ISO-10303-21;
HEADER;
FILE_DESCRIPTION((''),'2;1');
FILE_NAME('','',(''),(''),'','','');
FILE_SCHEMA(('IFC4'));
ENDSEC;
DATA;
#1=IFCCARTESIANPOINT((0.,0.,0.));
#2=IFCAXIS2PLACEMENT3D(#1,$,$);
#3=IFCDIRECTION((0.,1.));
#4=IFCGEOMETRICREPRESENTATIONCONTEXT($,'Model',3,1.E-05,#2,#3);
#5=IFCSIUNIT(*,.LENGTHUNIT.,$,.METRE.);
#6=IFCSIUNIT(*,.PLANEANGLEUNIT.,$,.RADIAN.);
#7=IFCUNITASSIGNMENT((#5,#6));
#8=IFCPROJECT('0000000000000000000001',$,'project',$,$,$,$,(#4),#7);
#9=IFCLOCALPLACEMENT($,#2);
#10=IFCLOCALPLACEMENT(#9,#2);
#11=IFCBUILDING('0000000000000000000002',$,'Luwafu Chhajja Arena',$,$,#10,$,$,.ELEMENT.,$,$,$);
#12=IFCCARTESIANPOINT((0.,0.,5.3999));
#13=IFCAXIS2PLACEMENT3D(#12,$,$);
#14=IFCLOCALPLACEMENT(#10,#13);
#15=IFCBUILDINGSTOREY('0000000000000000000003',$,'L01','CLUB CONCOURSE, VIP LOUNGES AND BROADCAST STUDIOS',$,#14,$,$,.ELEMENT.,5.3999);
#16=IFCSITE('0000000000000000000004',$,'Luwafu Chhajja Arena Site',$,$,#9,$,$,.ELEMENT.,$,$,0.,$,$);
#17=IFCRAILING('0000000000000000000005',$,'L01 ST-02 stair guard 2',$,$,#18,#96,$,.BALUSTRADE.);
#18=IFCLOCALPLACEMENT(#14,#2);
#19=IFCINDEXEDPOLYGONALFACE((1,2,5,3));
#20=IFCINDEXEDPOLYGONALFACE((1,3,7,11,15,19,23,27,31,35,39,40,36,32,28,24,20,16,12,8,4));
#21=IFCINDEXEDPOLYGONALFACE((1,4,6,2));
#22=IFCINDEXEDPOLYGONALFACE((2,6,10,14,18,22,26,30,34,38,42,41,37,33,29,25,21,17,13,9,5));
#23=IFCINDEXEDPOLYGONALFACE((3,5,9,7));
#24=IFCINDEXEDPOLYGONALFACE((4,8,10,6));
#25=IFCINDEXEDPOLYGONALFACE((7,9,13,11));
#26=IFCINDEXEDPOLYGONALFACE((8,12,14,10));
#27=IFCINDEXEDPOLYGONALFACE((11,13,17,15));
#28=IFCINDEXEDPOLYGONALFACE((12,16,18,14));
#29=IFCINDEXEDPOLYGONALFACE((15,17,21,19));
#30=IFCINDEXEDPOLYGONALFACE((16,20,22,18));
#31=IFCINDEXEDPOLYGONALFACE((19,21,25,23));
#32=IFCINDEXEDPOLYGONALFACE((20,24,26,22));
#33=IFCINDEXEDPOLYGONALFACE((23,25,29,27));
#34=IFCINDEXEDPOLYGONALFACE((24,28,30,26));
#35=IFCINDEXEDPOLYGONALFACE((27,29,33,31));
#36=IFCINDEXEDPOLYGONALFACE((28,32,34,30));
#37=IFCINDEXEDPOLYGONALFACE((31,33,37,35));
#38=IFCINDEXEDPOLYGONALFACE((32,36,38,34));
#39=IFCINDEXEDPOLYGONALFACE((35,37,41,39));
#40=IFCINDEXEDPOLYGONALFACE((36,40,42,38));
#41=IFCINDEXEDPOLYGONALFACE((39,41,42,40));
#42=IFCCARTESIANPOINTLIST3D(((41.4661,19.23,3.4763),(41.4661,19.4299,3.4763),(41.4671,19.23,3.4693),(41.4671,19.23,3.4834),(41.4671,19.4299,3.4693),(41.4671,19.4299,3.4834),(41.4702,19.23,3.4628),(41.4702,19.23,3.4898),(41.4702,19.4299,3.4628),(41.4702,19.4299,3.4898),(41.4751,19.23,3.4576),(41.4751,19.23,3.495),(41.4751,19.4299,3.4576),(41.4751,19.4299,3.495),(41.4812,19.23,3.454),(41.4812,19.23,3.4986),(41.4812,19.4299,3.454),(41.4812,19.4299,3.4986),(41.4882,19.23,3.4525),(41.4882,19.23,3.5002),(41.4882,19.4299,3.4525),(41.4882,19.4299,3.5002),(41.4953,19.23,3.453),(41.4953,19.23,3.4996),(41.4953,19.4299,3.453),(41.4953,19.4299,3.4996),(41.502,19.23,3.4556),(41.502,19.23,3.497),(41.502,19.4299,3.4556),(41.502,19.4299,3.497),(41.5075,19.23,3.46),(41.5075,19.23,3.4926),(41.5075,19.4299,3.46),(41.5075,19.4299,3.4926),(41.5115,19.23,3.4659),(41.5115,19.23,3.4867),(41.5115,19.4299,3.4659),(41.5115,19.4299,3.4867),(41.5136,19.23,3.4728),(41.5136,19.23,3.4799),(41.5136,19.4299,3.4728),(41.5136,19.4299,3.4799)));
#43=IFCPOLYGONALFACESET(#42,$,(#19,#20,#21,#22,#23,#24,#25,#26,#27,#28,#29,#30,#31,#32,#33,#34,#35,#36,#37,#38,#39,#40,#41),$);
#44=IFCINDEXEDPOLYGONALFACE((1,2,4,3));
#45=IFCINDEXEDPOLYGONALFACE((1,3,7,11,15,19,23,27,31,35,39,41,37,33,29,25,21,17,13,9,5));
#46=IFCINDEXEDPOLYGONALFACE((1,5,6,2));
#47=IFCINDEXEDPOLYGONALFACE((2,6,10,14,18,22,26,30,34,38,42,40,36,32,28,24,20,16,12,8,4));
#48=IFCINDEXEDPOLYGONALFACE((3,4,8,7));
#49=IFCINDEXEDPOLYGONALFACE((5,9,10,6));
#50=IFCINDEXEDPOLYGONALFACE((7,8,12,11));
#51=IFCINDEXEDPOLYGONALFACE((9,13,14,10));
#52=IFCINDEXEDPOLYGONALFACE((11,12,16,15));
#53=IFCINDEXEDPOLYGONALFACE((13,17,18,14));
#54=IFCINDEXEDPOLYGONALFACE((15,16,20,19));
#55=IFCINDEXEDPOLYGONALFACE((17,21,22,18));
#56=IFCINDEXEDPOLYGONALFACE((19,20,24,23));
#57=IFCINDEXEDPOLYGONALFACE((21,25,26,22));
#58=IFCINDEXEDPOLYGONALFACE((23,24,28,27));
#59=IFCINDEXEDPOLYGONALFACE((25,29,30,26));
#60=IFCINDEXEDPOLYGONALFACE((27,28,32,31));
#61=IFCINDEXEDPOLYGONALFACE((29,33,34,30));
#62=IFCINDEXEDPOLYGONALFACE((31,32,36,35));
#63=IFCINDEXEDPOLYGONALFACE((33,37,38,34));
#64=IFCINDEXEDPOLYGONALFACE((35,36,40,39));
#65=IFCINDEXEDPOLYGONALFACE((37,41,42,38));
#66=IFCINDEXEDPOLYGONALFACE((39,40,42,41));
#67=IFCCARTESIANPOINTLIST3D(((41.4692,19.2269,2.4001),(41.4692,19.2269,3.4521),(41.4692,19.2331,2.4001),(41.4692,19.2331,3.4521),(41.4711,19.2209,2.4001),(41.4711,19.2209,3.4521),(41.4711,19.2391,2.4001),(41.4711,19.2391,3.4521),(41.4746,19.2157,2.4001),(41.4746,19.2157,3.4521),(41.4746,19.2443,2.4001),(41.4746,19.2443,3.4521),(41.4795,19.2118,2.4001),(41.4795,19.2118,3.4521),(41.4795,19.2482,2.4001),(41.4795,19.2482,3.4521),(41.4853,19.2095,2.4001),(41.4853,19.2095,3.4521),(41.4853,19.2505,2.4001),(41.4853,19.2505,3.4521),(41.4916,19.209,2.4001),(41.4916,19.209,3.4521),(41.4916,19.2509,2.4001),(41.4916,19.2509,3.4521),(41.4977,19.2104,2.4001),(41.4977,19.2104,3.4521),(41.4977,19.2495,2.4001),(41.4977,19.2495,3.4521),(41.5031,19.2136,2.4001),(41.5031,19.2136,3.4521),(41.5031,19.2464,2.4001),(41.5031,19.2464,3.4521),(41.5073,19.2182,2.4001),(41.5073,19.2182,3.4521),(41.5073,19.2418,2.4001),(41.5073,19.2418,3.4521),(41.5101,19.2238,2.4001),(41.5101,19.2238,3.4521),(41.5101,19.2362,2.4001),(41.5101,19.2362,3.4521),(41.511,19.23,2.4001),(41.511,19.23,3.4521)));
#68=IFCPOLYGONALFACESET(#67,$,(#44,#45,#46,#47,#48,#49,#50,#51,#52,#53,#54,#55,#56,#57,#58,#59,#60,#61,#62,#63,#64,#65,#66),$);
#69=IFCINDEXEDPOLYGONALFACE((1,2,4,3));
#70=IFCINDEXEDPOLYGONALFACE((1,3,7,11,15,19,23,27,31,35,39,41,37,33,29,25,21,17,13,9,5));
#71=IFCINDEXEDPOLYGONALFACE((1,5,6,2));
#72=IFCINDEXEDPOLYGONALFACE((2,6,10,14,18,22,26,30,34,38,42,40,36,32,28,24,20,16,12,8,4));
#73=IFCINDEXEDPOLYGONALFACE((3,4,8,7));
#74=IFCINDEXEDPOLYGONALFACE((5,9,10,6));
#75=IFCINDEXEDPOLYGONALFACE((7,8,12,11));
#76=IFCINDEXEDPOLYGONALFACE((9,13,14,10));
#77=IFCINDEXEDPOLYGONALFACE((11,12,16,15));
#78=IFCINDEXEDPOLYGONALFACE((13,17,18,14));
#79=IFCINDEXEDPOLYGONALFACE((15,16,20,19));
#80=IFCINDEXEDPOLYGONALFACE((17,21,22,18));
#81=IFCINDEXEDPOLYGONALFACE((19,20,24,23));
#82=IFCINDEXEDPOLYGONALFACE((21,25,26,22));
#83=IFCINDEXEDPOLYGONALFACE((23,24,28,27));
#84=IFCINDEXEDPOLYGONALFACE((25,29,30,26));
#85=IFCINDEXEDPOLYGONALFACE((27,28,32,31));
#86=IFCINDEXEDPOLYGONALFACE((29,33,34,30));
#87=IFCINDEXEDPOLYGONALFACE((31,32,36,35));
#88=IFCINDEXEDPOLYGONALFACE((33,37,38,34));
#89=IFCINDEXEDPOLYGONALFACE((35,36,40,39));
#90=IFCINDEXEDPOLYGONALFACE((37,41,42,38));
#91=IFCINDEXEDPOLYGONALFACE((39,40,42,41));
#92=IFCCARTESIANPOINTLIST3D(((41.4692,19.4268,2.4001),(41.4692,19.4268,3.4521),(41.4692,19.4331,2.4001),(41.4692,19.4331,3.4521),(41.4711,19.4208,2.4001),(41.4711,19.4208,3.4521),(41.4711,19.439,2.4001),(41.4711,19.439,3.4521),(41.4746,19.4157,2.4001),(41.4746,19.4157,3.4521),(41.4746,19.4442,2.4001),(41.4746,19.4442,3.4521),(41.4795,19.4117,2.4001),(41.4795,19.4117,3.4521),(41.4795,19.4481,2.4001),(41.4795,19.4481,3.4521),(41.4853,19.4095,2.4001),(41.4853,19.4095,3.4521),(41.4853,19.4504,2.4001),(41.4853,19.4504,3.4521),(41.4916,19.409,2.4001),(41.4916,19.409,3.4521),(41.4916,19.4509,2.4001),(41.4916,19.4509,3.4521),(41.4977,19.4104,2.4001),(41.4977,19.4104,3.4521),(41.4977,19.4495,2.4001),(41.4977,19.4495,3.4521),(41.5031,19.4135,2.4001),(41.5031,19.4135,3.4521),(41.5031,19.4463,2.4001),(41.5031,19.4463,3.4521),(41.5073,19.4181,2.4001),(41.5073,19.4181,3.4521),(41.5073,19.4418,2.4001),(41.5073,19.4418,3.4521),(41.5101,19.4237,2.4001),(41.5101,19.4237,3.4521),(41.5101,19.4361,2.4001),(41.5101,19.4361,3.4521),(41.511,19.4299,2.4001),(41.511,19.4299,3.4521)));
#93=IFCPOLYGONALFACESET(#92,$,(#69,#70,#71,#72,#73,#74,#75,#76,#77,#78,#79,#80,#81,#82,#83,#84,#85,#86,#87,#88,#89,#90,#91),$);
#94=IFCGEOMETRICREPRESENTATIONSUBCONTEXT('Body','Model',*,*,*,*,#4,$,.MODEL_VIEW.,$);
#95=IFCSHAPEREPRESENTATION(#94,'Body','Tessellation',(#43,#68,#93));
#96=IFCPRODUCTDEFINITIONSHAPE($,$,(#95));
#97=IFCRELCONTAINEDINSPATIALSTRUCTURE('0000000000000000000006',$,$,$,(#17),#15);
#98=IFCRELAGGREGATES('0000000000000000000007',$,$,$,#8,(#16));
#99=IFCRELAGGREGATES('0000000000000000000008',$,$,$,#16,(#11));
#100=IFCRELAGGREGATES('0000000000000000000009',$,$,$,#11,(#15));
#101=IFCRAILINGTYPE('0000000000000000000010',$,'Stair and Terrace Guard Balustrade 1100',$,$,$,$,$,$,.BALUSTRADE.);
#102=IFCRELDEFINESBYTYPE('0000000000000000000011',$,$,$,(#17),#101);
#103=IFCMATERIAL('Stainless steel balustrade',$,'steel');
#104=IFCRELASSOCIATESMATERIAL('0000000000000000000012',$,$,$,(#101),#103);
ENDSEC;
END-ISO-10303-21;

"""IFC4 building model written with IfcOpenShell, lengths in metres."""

from ifc_helpers import new_model, si_unit, direction, frame, origin, origin_2d, place, context, subcontext, project, spatial, circle, extrude, material, type_object, element, save


model = new_model("IFC4")

# Units and contexts
model_context = context("Model", 3, precision=1e-05, world=origin(), true_north=direction((0.0, 1.0)))
body_context = subcontext(model_context, "Body", "Model", "MODEL_VIEW")
ifc_project = project(units=[si_unit("LENGTHUNIT", "METRE"), si_unit("PLANEANGLEUNIT", "RADIAN")], contexts=[model_context])

# Site, building, storey
site_placement = place(None, origin())
site = spatial("IfcSite", under=ifc_project, at=site_placement, Name="Luwafu Chhajja Arena Site", CompositionType="ELEMENT", RefElevation=0.0)
building_placement = place(site_placement, origin())
building = spatial("IfcBuilding", under=site, at=building_placement, Name="Luwafu Chhajja Arena", CompositionType="ELEMENT")
storey_placement = place(building_placement, frame((0.0, 0.0, 5.3999)))
storey = spatial("IfcBuildingStorey", under=building, at=storey_placement, Name="L01", Description="CLUB CONCOURSE, VIP LOUNGES AND BROADCAST STUDIOS", CompositionType="ELEMENT", Elevation=5.3999)

# Railing
ifc_material_1 = material(Name="Stainless steel balustrade", Category="steel")
railing_type_1 = type_object("IfcRailingType", Name="Stair and Terrace Guard Balustrade 1100", PredefinedType="BALUSTRADE", material=ifc_material_1)
railing_1_placement = place(storey_placement, frame((41.49, 19.23, 2.4001)))
element("IfcRailing", 1, at=railing_1_placement, inside=storey, type_object=railing_type_1, Name="L01 ST-02 stair guard 2", PredefinedType="BALUSTRADE", context=body_context, shape_type="SweptSolid", body=[
    extrude(circle(Radius=0.0239, at=origin_2d()), frame((0.0, 0.0, 1.0762), z_axis=(0.0, 1.0, 0.0), x_axis=(-1.0, 0.0, 0.0)), (0.0, 0.0, 1.0), 0.2),
    extrude(circle(Radius=0.021, at=origin_2d()), origin(), (0.0, 0.0, 1.0), 1.052),
    extrude(circle(Radius=0.021, at=origin_2d()), frame((0.0, 0.2, 0.0)), (0.0, 0.0, 1.0), 1.052),
])

save(model, "model.ifc")
